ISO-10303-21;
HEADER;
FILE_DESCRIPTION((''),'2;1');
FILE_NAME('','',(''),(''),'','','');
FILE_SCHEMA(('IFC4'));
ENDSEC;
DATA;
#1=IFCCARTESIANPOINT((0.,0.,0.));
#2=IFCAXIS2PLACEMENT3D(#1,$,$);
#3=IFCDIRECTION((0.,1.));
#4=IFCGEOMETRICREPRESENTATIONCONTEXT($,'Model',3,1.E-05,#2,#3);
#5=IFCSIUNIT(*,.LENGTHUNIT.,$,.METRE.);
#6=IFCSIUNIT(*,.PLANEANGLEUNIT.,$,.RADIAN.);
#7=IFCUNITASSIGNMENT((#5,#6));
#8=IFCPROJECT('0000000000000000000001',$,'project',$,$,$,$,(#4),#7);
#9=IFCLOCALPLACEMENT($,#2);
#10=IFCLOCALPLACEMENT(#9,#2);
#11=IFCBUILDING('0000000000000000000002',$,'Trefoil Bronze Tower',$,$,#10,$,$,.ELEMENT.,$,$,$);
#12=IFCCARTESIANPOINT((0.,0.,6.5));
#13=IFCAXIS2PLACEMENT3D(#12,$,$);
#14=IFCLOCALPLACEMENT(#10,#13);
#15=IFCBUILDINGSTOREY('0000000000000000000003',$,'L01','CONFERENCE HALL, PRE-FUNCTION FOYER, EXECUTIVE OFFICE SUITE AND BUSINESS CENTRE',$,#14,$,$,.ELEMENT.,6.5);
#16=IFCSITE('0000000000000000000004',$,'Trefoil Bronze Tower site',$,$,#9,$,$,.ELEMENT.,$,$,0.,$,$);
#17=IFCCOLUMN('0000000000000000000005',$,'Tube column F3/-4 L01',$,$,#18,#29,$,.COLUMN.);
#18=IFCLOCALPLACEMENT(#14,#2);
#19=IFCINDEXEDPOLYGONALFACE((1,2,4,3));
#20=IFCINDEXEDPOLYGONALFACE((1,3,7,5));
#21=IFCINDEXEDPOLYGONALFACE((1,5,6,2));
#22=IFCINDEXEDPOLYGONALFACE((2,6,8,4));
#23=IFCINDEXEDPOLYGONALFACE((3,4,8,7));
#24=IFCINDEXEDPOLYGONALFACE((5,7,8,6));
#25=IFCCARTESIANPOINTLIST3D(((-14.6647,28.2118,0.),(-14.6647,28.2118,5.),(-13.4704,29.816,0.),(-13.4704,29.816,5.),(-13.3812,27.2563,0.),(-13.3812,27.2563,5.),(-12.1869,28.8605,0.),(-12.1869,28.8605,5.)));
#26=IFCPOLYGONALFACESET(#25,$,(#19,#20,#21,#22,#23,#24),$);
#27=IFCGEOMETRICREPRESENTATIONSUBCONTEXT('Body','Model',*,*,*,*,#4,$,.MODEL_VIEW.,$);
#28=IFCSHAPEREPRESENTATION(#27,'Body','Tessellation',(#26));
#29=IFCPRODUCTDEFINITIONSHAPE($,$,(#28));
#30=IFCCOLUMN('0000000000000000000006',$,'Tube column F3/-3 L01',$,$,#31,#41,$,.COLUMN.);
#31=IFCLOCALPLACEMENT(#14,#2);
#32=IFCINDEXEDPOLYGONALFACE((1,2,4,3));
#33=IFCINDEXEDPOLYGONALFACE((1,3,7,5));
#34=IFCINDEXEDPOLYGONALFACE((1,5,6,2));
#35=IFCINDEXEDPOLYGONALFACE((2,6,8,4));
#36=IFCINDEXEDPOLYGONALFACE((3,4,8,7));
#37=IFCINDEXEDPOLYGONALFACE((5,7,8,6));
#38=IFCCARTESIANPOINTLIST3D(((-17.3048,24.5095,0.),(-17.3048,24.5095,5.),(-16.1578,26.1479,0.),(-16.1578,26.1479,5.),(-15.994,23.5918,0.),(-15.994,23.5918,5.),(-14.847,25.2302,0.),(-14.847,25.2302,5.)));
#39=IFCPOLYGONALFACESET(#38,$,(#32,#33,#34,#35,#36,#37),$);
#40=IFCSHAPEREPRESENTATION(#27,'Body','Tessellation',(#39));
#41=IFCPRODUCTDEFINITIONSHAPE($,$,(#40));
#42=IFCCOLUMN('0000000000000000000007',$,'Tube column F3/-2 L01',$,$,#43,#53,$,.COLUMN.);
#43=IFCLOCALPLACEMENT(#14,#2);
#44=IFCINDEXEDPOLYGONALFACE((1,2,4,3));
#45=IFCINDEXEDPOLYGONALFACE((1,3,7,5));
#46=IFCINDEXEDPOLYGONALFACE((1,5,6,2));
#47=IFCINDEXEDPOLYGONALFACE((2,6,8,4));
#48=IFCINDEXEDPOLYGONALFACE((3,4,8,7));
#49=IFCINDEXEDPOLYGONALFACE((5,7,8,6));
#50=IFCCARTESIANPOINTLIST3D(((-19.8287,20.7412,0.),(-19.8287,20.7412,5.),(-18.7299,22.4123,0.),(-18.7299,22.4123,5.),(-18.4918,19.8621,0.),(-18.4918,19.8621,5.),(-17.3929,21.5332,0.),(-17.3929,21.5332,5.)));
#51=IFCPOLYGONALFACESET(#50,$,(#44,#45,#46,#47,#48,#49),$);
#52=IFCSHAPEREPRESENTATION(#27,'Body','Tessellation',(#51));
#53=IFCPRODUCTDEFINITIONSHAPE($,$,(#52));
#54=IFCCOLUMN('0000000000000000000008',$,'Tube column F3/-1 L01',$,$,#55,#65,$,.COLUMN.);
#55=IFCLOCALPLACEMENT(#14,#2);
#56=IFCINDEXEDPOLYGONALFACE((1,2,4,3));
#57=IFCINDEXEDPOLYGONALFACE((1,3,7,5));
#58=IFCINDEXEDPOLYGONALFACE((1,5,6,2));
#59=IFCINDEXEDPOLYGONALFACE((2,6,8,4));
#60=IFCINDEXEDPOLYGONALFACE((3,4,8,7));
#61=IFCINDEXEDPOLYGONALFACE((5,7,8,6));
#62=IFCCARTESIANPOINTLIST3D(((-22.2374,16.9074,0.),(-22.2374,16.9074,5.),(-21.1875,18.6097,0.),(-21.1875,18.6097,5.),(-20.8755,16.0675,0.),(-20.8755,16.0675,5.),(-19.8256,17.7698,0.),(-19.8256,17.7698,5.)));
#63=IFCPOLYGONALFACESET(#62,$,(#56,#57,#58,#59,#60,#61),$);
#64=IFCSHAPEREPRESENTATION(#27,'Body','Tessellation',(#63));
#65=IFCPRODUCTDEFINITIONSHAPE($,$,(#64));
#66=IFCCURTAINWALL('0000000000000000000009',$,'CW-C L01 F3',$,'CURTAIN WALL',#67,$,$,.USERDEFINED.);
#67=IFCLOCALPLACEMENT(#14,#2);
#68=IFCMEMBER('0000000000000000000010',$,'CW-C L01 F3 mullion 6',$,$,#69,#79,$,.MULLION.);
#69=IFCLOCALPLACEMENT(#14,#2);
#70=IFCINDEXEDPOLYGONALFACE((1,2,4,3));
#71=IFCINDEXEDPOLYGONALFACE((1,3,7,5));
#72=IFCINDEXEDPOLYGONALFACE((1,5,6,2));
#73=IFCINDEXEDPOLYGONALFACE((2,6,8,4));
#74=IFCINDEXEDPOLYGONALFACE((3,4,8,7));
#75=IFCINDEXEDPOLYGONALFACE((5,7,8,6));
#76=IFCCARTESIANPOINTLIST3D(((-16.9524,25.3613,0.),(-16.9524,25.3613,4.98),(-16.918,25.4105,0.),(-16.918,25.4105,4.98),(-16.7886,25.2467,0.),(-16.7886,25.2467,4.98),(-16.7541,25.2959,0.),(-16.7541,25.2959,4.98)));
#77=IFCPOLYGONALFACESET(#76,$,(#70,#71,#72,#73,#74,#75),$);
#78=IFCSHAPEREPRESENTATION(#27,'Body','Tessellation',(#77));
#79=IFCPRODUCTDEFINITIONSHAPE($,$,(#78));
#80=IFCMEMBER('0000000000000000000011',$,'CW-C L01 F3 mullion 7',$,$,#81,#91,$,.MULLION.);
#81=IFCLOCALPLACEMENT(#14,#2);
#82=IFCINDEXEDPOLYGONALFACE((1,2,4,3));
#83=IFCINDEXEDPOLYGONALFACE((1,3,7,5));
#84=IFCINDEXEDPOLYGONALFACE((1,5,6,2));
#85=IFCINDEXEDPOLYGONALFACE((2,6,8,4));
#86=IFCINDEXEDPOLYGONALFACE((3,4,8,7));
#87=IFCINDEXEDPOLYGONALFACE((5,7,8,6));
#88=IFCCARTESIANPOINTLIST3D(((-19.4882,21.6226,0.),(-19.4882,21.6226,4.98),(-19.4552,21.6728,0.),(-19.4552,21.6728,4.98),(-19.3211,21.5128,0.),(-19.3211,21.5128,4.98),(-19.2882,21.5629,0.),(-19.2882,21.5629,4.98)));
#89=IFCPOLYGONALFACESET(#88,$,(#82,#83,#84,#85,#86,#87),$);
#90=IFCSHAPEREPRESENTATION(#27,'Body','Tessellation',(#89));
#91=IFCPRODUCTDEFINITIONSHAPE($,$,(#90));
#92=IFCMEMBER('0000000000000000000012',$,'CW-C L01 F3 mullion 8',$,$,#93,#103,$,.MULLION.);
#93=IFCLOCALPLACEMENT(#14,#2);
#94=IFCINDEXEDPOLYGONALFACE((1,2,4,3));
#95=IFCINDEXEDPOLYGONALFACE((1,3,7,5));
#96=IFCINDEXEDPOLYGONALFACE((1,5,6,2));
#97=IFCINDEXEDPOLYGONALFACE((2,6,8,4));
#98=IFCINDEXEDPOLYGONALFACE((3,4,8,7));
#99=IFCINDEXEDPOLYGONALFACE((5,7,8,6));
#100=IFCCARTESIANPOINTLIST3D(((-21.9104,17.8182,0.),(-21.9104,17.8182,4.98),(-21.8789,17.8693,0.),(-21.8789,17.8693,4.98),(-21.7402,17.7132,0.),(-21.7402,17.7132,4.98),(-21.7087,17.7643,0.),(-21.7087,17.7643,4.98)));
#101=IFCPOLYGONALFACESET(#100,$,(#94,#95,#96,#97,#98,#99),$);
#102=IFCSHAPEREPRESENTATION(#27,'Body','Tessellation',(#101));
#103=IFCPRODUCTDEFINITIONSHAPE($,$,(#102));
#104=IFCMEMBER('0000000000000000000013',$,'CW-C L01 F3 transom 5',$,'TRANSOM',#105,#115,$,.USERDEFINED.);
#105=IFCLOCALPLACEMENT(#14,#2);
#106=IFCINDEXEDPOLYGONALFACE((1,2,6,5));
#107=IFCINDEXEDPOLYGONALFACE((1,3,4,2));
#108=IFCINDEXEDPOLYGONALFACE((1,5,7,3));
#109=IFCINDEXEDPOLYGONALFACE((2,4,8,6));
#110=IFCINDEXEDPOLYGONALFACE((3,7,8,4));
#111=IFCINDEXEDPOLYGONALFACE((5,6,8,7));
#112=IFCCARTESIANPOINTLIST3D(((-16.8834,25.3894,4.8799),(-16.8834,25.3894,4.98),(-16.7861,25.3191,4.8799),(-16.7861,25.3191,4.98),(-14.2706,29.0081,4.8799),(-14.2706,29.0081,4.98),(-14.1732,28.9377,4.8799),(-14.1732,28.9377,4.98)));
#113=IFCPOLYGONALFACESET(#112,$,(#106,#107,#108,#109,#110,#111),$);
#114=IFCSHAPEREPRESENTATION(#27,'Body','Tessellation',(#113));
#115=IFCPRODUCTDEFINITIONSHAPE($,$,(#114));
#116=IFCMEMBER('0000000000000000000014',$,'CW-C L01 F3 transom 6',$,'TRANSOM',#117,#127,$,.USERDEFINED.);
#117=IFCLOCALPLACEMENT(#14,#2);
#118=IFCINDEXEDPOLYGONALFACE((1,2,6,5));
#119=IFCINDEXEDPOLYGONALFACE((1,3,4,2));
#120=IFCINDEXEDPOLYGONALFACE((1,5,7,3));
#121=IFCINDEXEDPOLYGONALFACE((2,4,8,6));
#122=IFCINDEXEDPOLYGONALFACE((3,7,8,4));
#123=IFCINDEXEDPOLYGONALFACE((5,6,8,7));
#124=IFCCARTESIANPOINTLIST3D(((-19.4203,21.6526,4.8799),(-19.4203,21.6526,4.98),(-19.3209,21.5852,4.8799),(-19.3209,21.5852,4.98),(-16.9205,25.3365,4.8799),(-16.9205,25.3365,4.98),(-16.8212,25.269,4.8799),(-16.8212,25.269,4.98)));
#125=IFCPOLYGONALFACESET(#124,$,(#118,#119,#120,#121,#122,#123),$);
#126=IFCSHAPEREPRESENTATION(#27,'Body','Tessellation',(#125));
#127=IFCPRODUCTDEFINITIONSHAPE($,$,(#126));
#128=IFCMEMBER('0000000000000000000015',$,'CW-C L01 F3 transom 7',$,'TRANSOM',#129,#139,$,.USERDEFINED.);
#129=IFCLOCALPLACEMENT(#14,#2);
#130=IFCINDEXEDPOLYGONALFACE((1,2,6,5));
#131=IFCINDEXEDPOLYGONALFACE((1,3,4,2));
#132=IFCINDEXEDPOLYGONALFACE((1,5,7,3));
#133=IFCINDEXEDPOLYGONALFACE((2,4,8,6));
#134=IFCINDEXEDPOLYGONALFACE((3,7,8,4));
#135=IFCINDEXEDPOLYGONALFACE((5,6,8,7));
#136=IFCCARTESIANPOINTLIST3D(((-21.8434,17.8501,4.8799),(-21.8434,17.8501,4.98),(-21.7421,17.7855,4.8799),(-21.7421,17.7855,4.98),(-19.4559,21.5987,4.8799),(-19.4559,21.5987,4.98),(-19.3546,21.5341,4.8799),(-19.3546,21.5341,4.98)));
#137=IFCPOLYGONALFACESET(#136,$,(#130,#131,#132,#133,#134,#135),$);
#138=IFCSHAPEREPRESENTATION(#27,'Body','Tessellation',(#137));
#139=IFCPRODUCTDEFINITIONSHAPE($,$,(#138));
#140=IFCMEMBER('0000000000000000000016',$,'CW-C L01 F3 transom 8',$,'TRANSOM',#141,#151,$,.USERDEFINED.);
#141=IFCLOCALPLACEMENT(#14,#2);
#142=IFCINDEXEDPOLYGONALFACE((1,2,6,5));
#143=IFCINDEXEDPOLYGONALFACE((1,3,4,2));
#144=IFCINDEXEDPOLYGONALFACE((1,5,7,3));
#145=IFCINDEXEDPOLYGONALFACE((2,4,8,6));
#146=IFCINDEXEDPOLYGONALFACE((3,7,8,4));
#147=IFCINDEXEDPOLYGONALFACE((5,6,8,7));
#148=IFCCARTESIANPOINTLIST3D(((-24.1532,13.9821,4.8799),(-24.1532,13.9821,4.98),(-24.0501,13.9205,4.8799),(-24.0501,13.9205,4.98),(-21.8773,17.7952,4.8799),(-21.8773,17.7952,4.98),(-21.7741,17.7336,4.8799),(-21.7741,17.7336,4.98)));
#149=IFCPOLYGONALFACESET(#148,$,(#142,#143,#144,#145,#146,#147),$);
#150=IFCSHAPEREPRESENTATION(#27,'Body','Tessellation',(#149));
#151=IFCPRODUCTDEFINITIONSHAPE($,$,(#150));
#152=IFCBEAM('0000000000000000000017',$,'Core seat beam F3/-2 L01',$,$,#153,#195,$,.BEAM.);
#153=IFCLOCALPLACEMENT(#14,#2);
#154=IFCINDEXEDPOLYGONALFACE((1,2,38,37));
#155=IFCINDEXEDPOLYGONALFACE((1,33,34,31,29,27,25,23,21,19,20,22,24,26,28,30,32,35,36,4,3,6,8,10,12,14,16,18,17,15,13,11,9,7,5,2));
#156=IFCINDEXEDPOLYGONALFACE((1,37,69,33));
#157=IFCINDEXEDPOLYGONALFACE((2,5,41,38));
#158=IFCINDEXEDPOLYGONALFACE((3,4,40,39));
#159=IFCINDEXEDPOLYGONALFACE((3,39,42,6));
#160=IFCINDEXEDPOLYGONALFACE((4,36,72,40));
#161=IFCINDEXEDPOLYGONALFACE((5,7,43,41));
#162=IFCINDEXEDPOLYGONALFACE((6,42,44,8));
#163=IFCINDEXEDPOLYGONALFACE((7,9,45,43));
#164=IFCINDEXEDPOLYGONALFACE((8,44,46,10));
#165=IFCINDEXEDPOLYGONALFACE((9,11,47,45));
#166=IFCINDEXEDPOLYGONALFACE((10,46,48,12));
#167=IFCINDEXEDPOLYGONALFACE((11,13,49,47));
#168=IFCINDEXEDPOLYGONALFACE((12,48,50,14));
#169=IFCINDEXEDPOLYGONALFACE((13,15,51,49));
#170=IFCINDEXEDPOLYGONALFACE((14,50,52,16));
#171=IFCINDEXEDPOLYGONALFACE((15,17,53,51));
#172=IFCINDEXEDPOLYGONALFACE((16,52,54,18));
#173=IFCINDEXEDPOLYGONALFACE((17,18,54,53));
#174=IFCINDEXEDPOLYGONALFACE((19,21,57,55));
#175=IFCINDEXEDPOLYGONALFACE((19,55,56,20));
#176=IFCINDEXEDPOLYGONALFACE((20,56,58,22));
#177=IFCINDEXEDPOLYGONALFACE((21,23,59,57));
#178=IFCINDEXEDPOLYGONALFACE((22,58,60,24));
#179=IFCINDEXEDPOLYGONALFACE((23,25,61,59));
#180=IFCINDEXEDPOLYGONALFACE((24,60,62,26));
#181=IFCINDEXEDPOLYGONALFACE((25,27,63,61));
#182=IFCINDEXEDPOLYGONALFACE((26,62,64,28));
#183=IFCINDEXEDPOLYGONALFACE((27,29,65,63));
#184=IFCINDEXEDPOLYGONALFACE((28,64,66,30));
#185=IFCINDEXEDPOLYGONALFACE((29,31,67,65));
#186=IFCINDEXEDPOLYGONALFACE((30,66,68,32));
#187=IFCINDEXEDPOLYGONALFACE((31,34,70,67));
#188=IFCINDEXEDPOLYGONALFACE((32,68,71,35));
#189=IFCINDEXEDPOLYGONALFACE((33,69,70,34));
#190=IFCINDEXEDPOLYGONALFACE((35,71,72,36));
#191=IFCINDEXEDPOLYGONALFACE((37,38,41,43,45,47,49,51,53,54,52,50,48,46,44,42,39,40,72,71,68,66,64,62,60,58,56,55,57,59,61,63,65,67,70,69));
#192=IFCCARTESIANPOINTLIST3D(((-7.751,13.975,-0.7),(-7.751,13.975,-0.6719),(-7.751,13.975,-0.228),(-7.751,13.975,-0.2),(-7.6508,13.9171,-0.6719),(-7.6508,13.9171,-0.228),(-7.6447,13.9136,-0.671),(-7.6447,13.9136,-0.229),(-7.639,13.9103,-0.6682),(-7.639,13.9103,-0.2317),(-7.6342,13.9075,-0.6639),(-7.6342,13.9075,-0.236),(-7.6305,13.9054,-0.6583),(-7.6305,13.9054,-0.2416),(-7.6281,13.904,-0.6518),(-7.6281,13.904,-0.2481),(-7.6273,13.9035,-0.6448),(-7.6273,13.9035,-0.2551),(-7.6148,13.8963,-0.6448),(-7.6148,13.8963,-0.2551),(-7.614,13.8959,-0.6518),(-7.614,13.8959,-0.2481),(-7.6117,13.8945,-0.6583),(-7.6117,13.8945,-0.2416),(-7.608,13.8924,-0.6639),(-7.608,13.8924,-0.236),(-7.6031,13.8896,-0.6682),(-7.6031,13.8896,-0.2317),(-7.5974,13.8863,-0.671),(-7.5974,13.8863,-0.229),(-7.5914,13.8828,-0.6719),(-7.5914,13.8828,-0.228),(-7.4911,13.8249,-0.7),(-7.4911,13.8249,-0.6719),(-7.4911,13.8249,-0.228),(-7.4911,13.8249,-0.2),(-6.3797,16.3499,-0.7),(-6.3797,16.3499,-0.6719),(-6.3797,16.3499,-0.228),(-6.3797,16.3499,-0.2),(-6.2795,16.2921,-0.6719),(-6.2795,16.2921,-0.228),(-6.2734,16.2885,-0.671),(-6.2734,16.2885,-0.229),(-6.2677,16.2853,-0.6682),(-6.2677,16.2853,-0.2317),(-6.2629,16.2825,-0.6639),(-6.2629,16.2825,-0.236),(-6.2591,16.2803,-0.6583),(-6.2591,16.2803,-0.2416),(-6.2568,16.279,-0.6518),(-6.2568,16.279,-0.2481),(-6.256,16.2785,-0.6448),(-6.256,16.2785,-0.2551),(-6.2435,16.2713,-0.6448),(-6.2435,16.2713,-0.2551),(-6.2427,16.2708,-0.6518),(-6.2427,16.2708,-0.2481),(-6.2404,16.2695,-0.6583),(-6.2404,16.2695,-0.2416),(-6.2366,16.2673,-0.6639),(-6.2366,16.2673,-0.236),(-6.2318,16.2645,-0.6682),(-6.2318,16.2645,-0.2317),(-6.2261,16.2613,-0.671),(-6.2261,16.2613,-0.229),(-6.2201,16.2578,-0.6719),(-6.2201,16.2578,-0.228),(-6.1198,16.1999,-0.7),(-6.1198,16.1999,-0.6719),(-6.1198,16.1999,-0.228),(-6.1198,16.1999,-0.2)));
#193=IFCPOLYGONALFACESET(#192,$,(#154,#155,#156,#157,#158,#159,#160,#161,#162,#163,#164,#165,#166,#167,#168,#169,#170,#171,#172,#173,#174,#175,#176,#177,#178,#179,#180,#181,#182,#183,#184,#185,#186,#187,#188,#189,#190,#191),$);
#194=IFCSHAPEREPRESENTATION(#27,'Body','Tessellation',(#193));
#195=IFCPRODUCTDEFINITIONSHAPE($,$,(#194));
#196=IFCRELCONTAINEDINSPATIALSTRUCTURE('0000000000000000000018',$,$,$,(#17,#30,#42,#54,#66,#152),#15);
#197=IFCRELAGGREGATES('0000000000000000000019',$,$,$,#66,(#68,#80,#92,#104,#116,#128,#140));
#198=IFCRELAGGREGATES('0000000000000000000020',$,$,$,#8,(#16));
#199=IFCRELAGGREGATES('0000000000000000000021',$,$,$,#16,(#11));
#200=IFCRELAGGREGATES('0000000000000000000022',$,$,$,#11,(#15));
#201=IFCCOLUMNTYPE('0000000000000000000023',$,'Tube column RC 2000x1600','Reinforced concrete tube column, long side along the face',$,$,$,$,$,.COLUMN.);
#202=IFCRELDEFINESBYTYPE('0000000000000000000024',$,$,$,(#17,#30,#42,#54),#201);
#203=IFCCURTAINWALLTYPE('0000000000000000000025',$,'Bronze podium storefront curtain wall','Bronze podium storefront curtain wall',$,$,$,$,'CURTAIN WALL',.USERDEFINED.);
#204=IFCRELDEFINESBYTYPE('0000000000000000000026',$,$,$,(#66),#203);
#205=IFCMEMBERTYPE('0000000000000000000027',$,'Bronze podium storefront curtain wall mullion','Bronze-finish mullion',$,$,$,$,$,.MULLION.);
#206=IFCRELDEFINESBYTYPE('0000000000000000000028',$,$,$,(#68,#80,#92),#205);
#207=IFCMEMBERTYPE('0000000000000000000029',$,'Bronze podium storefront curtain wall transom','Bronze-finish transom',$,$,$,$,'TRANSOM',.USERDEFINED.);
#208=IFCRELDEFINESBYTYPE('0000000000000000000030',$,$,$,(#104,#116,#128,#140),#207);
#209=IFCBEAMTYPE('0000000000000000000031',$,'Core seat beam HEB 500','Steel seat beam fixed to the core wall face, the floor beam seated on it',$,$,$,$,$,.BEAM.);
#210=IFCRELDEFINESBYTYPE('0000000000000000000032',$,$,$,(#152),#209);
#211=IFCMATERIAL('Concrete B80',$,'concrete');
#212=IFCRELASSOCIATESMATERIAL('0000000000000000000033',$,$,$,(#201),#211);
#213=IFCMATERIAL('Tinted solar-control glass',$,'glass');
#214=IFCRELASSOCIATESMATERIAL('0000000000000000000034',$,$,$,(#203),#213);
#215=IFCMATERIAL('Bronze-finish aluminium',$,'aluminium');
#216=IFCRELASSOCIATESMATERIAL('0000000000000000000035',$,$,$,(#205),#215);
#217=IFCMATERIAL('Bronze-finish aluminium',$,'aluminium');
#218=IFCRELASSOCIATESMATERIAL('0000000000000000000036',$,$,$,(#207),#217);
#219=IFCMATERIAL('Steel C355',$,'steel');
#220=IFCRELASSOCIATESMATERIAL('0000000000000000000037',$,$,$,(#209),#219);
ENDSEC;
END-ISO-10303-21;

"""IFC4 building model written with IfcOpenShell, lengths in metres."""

from ifc_helpers import new_model, si_unit, direction, frame, origin, origin_2d, place, context, subcontext, project, spatial, rectangle, i_section, extrude, material, material_profile, profile_set, type_object, element, aggregate, save


model = new_model("IFC4")

# Units and contexts
model_context = context("Model", 3, precision=1e-05, world=origin(), true_north=direction((0.0, 1.0)))
body_context = subcontext(model_context, "Body", "Model", "MODEL_VIEW")
ifc_project = project(units=[si_unit("LENGTHUNIT", "METRE"), si_unit("PLANEANGLEUNIT", "RADIAN")], contexts=[model_context])

# Site, building, storey
site_placement = place(None, origin())
site = spatial("IfcSite", under=ifc_project, at=site_placement, Name="Trefoil Bronze Tower site", CompositionType="ELEMENT", RefElevation=0.0)
building_placement = place(site_placement, origin())
building = spatial("IfcBuilding", under=site, at=building_placement, Name="Trefoil Bronze Tower", CompositionType="ELEMENT")
storey_placement = place(building_placement, frame((0.0, 0.0, 6.5)))
storey = spatial("IfcBuildingStorey", under=building, at=storey_placement, Name="L01", Description="CONFERENCE HALL, PRE-FUNCTION FOYER, EXECUTIVE OFFICE SUITE AND BUSINESS CENTRE", CompositionType="ELEMENT", Elevation=6.5)

# Columns
ifc_material_1 = material(Name="Concrete B80", Category="concrete")
ifc_material_profile_1 = material_profile(ifc_material_1, rectangle(XDim=2.0, YDim=1.6001, at=origin_2d()), Name="RC 2000x1600")
ifc_profile_set_1 = profile_set([ifc_material_profile_1], Name="Concrete B80")
column_type = type_object("IfcColumnType", Name="Tube column RC 2000x1600", Description="Reinforced concrete tube column, long side along the face", PredefinedType="COLUMN", material=ifc_profile_set_1)
for number, where, z_axis, x_axis, name in (
    (1, (-13.4258, 28.5361, 0.0), (0.0, 0.0, 1.0), (-0.597154, -0.802127, 0.0), "Tube column F3/-4 L01"),
    (2, (-16.0759, 24.8699, 0.0), (0.0, 0.0, 1.0), (-0.573502, -0.819204, 0.0), "Tube column F3/-3 L01"),
    (3, (-18.6108, 21.1372, 0.0), (0.0, 0.0, 1.0), (-0.549424, -0.835544, 0.0), "Tube column F3/-2 L01"),
    (4, (-21.0315, 17.3386, 0.0), (0.0, 0.0, 1.0), (-0.524923, -0.85115, 0.0), "Tube column F3/-1 L01"),
):
    element("IfcColumn", number, at=place(storey_placement, frame(where, z_axis=z_axis, x_axis=x_axis)), inside=storey, type_object=column_type, Name=name, PredefinedType="COLUMN", context=body_context, shape_type="SweptSolid", body=[
        extrude(rectangle(XDim=2.0, YDim=1.6001, at=origin_2d()), origin(), (0.0, 0.0, 1.0), 5.0),
    ])

# Curtain wall, members
ifc_material_2 = material(Name="Tinted solar-control glass", Category="glass")
curtain_wall_type = type_object("IfcCurtainWallType", Name="Bronze podium storefront curtain wall", Description="Bronze podium storefront curtain wall", ElementType="CURTAIN WALL", PredefinedType="USERDEFINED", material=ifc_material_2)
curtain_wall_placement = place(storey_placement, origin())
curtain_wall = element("IfcCurtainWall", 5, at=curtain_wall_placement, inside=storey, type_object=curtain_wall_type, Name="CW-C L01 F3", ObjectType="CURTAIN WALL", PredefinedType="USERDEFINED")
ifc_material_3 = material(Name="Bronze-finish aluminium", Category="aluminium")
ifc_material_profile_2 = material_profile(ifc_material_3, rectangle(XDim=0.2, YDim=0.0601, at=origin_2d()), Name="CW-C mullion")
ifc_profile_set_2 = profile_set([ifc_material_profile_2], Name="Bronze-finish aluminium")
member_type_1 = type_object("IfcMemberType", Name="Bronze podium storefront curtain wall mullion", Description="Bronze-finish mullion", PredefinedType="MULLION", material=ifc_profile_set_2)
member_1_placement = place(storey_placement, frame((-16.8533, 25.3286, 0.0), z_axis=(0.0, 0.0, 1.0), x_axis=(0.819204, -0.573502, 0.0)))
member_1 = element("IfcMember", 6, at=member_1_placement, type_object=member_type_1, Name="CW-C L01 F3 mullion 6", PredefinedType="MULLION", context=body_context, shape_type="SweptSolid", body=[
    extrude(rectangle(XDim=0.2, YDim=0.0601, at=origin_2d()), origin(), (0.0, 0.0, 1.0), 4.98),
])
member_2_placement = place(storey_placement, frame((-19.3882, 21.5928, 0.0), z_axis=(0.0, 0.0, 1.0), x_axis=(0.835544, -0.549424, 0.0)))
member_2 = element("IfcMember", 7, at=member_2_placement, type_object=member_type_1, Name="CW-C L01 F3 mullion 7", PredefinedType="MULLION", context=body_context, shape_type="SweptSolid", body=[
    extrude(rectangle(XDim=0.2, YDim=0.0601, at=origin_2d()), origin(), (0.0, 0.0, 1.0), 4.98),
])
member_3_placement = place(storey_placement, frame((-21.8096, 17.7913, 0.0), z_axis=(0.0, 0.0, 1.0), x_axis=(0.85115, -0.524923, 0.0)))
member_3 = element("IfcMember", 8, at=member_3_placement, type_object=member_type_1, Name="CW-C L01 F3 mullion 8", PredefinedType="MULLION", context=body_context, shape_type="SweptSolid", body=[
    extrude(rectangle(XDim=0.2, YDim=0.0601, at=origin_2d()), origin(), (0.0, 0.0, 1.0), 4.98),
])
ifc_material_4 = material(Name="Bronze-finish aluminium", Category="aluminium")
ifc_material_profile_3 = material_profile(ifc_material_4, rectangle(XDim=0.1201, YDim=0.1001, at=origin_2d()), Name="CW-C transom")
ifc_profile_set_3 = profile_set([ifc_material_profile_3], Name="Bronze-finish aluminium")
member_type_2 = type_object("IfcMemberType", Name="Bronze podium storefront curtain wall transom", Description="Bronze-finish transom", ElementType="TRANSOM", PredefinedType="USERDEFINED", material=ifc_profile_set_3)
member_4_placement = place(storey_placement, frame((-14.2219, 28.9729, 4.9299), z_axis=(-0.585391, -0.810751, 0.0), x_axis=(0.810751, -0.585391, 0.0)))
member_4 = element("IfcMember", 9, at=member_4_placement, type_object=member_type_2, Name="CW-C L01 F3 transom 5", ObjectType="TRANSOM", PredefinedType="USERDEFINED", context=body_context, shape_type="SweptSolid", body=[
    extrude(rectangle(XDim=0.1201, YDim=0.1001, at=origin_2d()), origin(), (0.0, 0.0, 1.0), 4.4634),
])
member_5_placement = place(storey_placement, frame((-16.8708, 25.3027, 4.9299), z_axis=(-0.561503, -0.827475, 0.0), x_axis=(0.827475, -0.561503, 0.0)))
member_5 = element("IfcMember", 10, at=member_5_placement, type_object=member_type_2, Name="CW-C L01 F3 transom 6", ObjectType="TRANSOM", PredefinedType="USERDEFINED", context=body_context, shape_type="SweptSolid", body=[
    extrude(rectangle(XDim=0.1201, YDim=0.1001, at=origin_2d()), origin(), (0.0, 0.0, 1.0), 4.4519),
])
member_6_placement = place(storey_placement, frame((-19.4053, 21.5664, 4.9299), z_axis=(-0.537199, -0.843456, 0.0), x_axis=(0.843456, -0.537199, 0.0)))
member_6 = element("IfcMember", 11, at=member_6_placement, type_object=member_type_2, Name="CW-C L01 F3 transom 7", ObjectType="TRANSOM", PredefinedType="USERDEFINED", context=body_context, shape_type="SweptSolid", body=[
    extrude(rectangle(XDim=0.1201, YDim=0.1001, at=origin_2d()), origin(), (0.0, 0.0, 1.0), 4.4443),
])
member_7_placement = place(storey_placement, frame((-21.8257, 17.7644, 4.9299), z_axis=(-0.512522, -0.858674, 0.0), x_axis=(0.858674, -0.512522, 0.0)))
member_7 = element("IfcMember", 12, at=member_7_placement, type_object=member_type_2, Name="CW-C L01 F3 transom 8", ObjectType="TRANSOM", PredefinedType="USERDEFINED", context=body_context, shape_type="SweptSolid", body=[
    extrude(rectangle(XDim=0.1201, YDim=0.1001, at=origin_2d()), origin(), (0.0, 0.0, 1.0), 4.4407),
])

# Beam
ifc_material_5 = material(Name="Steel C355", Category="steel")
ifc_material_profile_4 = material_profile(ifc_material_5, i_section(OverallWidth=0.3, OverallDepth=0.5, WebThickness=0.0144, FlangeThickness=0.0281, FilletRadius=0.0271, at=origin_2d()), Name="HEB 500")
ifc_profile_set_4 = profile_set([ifc_material_profile_4], Name="Steel C355")
beam_type_1 = type_object("IfcBeamType", Name="Core seat beam HEB 500", Description="Steel seat beam fixed to the core wall face, the floor beam seated on it", PredefinedType="BEAM", material=ifc_profile_set_4)
beam_1_placement = place(storey_placement, frame((-6.2498, 16.2749, -0.45), z_axis=(-0.500036, -0.866005, 0.0), x_axis=(0.866005, -0.500036, 0.0)))
element("IfcBeam", 13, at=beam_1_placement, inside=storey, type_object=beam_type_1, Name="Core seat beam F3/-2 L01", PredefinedType="BEAM", context=body_context, shape_type="SweptSolid", body=[
    extrude(i_section(OverallWidth=0.3, OverallDepth=0.5, WebThickness=0.0144, FlangeThickness=0.0281, FilletRadius=0.0271, at=origin_2d()), origin(), (0.0, 0.0, 1.0), 2.7424),
])

aggregate(curtain_wall, [member_1, member_2, member_3, member_4, member_5, member_6, member_7])

save(model, "model.ifc")
